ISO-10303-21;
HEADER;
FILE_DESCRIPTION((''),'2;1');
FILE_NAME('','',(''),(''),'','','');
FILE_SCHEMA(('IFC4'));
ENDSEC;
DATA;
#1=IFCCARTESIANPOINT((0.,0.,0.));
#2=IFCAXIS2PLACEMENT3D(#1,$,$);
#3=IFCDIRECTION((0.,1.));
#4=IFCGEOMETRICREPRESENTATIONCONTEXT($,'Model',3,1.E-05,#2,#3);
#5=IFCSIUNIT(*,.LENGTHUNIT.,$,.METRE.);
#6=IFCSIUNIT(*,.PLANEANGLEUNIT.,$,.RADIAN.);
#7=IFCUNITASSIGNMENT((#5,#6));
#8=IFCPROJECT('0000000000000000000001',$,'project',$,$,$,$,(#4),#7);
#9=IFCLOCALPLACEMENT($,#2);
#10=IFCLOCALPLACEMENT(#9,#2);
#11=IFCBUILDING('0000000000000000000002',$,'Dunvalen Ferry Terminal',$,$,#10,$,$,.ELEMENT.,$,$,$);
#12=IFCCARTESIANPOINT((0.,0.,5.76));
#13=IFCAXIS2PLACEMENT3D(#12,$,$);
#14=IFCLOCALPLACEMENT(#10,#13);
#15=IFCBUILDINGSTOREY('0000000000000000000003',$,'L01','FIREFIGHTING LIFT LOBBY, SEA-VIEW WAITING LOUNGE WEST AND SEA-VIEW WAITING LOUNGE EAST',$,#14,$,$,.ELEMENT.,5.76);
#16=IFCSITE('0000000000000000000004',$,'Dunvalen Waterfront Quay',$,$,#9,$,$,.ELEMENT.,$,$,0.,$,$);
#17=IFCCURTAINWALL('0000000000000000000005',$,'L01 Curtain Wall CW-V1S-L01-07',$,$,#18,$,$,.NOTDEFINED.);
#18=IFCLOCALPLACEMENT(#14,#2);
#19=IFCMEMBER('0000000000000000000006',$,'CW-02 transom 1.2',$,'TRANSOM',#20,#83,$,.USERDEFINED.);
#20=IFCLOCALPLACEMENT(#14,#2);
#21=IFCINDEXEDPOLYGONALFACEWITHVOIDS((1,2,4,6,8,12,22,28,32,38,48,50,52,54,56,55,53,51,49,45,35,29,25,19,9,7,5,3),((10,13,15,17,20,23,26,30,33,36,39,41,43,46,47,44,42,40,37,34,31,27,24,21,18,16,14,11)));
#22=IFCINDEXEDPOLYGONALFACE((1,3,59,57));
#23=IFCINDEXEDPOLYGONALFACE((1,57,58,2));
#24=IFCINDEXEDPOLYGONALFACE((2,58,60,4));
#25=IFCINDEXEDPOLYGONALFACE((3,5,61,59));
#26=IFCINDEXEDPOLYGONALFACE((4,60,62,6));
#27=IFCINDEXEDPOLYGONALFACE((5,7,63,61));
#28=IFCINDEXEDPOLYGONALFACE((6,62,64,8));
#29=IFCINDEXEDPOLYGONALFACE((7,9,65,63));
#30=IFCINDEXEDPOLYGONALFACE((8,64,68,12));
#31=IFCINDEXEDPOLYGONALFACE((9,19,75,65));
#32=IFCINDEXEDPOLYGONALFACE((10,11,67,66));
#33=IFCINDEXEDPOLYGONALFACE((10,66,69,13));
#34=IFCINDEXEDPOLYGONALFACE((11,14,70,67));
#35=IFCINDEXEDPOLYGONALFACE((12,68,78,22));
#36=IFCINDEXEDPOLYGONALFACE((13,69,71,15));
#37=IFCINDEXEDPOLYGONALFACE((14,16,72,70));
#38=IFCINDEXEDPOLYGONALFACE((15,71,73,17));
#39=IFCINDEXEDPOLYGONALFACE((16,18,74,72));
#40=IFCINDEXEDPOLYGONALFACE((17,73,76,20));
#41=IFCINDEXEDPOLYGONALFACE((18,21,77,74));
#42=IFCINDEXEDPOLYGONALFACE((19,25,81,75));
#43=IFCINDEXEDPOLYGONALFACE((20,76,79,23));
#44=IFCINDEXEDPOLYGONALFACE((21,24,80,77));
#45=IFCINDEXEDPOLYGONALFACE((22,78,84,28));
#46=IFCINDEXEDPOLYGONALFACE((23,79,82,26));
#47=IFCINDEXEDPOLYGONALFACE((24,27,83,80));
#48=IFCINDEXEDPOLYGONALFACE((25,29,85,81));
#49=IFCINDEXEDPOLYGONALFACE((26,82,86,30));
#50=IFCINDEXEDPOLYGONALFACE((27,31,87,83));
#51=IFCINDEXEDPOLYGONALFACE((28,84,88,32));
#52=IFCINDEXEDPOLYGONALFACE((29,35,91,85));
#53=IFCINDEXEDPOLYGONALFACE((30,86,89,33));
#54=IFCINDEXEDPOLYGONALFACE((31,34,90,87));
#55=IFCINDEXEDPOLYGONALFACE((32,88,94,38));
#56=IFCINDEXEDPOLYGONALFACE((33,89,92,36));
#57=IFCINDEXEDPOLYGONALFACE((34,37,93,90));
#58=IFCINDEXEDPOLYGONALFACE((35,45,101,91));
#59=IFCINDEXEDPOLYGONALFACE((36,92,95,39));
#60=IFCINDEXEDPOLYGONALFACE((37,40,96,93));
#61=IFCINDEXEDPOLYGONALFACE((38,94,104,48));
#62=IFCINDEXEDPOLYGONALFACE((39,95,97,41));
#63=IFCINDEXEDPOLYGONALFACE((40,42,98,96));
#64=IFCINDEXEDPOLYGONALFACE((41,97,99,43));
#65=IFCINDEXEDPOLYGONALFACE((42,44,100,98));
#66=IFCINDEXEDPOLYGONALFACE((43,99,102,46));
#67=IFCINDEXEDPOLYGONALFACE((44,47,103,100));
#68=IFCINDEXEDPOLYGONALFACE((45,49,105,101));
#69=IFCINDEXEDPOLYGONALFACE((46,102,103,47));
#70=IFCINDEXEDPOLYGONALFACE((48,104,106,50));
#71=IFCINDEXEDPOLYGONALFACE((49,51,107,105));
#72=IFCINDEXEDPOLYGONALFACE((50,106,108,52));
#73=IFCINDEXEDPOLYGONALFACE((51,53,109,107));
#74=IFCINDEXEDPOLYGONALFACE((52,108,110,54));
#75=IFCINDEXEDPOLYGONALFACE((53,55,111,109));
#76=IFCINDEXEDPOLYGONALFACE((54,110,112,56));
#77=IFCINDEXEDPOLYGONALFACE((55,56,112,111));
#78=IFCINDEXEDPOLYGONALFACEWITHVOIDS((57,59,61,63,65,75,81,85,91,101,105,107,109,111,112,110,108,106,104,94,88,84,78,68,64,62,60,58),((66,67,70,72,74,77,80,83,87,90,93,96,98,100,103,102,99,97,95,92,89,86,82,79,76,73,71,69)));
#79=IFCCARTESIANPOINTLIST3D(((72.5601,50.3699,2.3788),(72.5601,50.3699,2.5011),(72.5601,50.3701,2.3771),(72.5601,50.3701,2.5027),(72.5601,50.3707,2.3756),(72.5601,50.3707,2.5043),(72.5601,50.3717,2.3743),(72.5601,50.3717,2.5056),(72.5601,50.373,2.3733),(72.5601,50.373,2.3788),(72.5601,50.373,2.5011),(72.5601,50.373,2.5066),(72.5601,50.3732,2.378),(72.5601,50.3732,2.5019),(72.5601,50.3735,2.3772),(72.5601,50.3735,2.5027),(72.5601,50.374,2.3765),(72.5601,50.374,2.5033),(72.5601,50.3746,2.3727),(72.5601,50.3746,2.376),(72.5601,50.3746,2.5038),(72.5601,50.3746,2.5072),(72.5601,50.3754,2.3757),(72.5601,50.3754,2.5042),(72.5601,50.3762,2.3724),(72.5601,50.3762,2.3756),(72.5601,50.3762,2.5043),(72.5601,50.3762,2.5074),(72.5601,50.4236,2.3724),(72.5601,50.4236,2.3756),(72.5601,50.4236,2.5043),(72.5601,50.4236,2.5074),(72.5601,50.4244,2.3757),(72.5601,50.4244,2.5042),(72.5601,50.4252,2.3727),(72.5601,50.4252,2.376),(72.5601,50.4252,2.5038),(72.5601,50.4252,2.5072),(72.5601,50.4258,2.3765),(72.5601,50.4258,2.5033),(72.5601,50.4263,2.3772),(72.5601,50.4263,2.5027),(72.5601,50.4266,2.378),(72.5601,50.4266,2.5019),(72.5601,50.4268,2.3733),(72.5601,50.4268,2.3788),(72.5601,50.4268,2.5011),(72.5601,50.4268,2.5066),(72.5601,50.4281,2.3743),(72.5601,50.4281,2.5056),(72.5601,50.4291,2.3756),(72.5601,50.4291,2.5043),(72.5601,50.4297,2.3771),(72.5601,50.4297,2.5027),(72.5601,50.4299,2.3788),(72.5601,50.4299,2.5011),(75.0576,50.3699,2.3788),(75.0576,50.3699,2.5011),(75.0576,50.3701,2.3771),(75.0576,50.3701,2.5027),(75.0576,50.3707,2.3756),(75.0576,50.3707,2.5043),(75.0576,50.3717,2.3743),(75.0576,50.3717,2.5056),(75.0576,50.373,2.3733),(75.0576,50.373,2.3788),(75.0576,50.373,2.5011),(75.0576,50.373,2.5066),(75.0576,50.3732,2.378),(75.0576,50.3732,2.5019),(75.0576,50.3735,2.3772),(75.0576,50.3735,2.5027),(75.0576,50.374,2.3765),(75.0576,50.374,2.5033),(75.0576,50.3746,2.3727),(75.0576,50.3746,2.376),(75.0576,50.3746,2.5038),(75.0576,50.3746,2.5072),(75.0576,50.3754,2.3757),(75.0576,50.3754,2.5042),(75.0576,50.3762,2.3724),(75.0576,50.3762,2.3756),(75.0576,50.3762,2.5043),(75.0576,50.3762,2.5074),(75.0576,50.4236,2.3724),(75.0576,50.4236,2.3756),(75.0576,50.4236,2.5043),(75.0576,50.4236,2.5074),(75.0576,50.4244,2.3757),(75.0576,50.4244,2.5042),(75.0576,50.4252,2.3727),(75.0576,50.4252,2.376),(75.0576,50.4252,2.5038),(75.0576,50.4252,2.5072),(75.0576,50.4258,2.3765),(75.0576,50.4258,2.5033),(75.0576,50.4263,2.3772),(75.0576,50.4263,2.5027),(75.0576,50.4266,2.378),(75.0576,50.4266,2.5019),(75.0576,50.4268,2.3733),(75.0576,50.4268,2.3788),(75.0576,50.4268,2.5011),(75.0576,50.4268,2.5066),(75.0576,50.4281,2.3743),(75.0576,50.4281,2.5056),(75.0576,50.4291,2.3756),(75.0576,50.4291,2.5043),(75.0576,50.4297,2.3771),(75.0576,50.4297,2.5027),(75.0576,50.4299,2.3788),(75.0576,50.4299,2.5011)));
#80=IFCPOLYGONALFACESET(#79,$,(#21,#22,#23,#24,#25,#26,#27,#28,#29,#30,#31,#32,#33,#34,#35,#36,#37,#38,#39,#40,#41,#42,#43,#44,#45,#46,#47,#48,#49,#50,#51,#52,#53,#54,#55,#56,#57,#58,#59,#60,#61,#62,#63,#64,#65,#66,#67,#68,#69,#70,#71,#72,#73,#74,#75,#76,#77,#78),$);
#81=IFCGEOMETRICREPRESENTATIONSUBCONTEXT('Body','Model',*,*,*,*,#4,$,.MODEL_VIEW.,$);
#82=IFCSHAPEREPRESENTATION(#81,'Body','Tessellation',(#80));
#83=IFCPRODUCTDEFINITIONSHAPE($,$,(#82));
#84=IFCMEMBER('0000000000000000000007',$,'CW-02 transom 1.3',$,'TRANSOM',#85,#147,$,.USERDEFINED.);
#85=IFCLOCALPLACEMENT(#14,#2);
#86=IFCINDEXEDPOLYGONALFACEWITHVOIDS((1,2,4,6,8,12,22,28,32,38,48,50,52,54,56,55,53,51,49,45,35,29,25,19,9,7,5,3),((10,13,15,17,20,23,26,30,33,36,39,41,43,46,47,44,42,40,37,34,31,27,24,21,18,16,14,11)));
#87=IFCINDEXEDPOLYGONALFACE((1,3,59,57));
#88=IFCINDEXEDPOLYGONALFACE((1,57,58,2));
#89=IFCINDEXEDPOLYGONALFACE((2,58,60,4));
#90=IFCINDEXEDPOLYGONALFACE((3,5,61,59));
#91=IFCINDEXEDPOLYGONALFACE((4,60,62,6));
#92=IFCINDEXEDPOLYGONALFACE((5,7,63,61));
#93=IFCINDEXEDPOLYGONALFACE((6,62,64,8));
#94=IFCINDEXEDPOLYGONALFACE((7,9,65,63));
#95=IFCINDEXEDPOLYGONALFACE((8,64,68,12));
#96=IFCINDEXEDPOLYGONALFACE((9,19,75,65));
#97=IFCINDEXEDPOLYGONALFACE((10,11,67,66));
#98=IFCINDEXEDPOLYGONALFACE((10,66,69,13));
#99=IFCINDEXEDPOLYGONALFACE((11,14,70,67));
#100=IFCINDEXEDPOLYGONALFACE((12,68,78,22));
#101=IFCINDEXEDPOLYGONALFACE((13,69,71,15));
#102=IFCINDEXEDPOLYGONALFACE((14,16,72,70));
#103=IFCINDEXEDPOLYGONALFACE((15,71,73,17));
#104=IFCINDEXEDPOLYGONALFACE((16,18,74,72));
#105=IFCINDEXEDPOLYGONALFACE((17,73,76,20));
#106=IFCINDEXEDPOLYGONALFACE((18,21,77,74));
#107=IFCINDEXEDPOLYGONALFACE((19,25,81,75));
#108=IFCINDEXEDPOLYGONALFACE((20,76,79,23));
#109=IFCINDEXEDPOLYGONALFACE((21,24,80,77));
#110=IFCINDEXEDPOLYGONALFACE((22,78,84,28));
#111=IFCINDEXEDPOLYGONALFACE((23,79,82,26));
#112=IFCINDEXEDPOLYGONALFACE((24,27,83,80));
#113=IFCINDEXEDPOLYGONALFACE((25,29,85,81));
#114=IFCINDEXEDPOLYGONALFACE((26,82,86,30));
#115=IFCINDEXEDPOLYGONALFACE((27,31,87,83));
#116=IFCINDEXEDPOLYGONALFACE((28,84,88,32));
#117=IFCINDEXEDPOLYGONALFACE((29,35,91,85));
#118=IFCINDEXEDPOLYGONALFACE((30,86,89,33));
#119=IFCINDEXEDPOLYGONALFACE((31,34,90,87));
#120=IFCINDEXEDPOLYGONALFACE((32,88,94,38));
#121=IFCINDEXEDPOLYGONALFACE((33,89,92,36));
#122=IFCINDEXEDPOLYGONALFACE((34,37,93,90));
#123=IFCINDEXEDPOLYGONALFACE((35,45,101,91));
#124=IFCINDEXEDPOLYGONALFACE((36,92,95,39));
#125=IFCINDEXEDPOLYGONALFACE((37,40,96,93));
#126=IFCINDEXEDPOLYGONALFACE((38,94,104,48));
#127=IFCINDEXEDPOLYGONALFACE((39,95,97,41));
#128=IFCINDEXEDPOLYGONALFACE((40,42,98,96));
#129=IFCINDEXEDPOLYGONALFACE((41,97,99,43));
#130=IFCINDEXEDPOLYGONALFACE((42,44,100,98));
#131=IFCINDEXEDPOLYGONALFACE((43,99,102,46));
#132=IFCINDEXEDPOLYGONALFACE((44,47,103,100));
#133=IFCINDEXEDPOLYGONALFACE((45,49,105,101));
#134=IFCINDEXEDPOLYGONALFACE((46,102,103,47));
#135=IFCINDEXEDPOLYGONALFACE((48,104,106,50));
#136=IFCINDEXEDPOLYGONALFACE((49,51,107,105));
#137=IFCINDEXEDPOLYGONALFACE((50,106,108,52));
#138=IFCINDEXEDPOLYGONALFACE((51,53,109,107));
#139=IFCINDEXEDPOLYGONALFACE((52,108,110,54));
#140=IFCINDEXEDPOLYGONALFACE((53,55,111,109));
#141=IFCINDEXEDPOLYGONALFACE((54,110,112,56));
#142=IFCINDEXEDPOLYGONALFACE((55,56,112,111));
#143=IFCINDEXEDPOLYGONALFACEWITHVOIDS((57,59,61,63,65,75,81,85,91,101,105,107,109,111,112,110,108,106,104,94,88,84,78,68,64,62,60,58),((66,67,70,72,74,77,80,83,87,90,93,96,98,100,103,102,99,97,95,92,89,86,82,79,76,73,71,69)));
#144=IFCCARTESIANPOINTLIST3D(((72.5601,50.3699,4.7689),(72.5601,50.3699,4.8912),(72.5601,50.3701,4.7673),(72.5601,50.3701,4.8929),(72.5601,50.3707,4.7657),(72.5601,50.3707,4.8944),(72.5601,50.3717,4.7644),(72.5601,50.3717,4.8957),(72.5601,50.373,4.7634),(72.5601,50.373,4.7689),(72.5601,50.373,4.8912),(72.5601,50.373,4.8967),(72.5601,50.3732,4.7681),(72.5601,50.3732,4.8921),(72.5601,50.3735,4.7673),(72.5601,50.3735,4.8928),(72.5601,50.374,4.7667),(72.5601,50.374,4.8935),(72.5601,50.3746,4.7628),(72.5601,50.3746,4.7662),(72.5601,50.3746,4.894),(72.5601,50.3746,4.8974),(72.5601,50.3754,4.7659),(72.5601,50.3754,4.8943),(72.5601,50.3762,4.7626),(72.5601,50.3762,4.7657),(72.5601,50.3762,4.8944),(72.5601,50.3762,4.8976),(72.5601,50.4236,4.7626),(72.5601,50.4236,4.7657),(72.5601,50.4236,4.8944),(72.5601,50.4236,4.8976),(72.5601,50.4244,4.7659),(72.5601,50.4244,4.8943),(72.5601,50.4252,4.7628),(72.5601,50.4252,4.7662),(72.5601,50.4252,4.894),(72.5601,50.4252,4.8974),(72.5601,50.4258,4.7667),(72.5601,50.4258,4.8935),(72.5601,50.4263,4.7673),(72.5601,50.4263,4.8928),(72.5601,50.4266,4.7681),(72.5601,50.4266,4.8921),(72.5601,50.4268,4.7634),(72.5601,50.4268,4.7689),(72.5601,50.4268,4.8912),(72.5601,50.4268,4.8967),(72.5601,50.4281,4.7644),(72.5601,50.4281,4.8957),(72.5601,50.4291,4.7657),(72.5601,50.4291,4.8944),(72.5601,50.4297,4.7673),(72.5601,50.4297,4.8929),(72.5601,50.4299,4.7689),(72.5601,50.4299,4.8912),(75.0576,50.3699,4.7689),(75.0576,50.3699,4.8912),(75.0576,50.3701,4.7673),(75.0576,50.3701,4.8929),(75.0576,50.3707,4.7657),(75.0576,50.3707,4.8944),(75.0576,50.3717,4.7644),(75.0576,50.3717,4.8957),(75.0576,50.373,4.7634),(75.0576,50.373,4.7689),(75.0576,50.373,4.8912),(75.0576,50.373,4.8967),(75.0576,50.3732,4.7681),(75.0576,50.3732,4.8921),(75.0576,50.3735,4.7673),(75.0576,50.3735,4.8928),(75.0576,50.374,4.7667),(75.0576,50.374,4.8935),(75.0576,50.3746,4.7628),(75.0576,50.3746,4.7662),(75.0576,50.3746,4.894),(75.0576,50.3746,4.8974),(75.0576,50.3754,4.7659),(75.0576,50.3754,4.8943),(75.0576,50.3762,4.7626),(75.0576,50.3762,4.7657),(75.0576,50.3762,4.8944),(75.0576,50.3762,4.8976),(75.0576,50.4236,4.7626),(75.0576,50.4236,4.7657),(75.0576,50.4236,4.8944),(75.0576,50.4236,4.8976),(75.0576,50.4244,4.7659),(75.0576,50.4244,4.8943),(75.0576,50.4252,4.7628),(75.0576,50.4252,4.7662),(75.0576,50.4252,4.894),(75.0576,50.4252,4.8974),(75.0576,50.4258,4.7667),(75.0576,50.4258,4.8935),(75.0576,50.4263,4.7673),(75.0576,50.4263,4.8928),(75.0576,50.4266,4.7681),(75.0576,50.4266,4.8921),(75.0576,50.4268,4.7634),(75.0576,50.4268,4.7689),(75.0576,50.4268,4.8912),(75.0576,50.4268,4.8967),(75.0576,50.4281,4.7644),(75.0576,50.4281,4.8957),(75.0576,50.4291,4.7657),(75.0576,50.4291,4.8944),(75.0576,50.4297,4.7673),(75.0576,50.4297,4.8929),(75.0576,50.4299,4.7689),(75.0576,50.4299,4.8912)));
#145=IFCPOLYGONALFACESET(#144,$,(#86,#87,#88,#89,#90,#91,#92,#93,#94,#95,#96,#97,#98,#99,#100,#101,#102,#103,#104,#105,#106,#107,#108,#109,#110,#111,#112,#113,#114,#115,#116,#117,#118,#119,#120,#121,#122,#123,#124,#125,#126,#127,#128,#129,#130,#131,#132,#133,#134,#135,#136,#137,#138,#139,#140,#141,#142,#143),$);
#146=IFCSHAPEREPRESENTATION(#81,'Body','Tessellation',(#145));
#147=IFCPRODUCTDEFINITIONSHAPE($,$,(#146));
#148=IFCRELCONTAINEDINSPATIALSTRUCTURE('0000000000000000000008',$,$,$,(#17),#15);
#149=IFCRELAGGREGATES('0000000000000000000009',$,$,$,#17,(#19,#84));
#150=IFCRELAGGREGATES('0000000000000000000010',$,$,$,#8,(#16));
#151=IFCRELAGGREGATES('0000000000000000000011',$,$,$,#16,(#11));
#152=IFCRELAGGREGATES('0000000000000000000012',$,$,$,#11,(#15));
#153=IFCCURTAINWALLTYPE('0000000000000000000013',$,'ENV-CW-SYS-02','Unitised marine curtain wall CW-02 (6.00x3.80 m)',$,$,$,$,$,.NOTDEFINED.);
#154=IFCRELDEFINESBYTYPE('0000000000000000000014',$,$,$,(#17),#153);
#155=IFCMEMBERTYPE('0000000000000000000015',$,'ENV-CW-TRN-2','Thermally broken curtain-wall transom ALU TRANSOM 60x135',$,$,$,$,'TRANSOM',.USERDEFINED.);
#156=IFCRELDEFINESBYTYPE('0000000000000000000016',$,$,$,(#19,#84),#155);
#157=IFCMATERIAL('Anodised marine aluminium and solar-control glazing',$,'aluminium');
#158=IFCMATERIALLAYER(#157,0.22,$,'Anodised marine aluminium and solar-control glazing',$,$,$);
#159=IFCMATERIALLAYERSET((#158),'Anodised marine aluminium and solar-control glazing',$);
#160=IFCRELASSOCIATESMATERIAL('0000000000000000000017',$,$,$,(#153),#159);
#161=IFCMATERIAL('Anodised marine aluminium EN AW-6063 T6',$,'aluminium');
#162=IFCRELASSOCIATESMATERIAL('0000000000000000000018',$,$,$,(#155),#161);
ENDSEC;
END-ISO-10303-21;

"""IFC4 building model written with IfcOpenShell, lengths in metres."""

from ifc_helpers import new_model, si_unit, direction, frame, origin, origin_2d, place, context, subcontext, project, spatial, hollow_rectangle, extrude, material, layer, layer_set, material_profile, profile_set, type_object, element, aggregate, save


model = new_model("IFC4")

# Units and contexts
model_context = context("Model", 3, precision=1e-05, world=origin(), true_north=direction((0.0, 1.0)))
body_context = subcontext(model_context, "Body", "Model", "MODEL_VIEW")
ifc_project = project(units=[si_unit("LENGTHUNIT", "METRE"), si_unit("PLANEANGLEUNIT", "RADIAN")], contexts=[model_context])

# Site, building, storey
site_placement = place(None, origin())
site = spatial("IfcSite", under=ifc_project, at=site_placement, Name="Dunvalen Waterfront Quay", CompositionType="ELEMENT", RefElevation=0.0)
building_placement = place(site_placement, origin())
building = spatial("IfcBuilding", under=site, at=building_placement, Name="Dunvalen Ferry Terminal", CompositionType="ELEMENT")
storey_placement = place(building_placement, frame((0.0, 0.0, 5.76)))
storey = spatial("IfcBuildingStorey", under=building, at=storey_placement, Name="L01", Description="FIREFIGHTING LIFT LOBBY, SEA-VIEW WAITING LOUNGE WEST AND SEA-VIEW WAITING LOUNGE EAST", CompositionType="ELEMENT", Elevation=5.76)

# Curtain wall, members
ifc_material_1 = material(Name="Anodised marine aluminium and solar-control glazing", Category="aluminium")
ifc_layer_1 = layer(ifc_material_1, 0.22, Name="Anodised marine aluminium and solar-control glazing")
ifc_layer_set_1 = layer_set([ifc_layer_1], Name="Anodised marine aluminium and solar-control glazing")
curtain_wall_type = type_object("IfcCurtainWallType", Name="ENV-CW-SYS-02", Description="Unitised marine curtain wall CW-02 (6.00x3.80 m)", PredefinedType="NOTDEFINED", material=ifc_layer_set_1)
curtain_wall_placement = place(storey_placement, origin())
curtain_wall = element("IfcCurtainWall", 1, at=curtain_wall_placement, inside=storey, type_object=curtain_wall_type, Name="L01 Curtain Wall CW-V1S-L01-07", PredefinedType="NOTDEFINED")
ifc_material_2 = material(Name="Anodised marine aluminium EN AW-6063 T6", Category="aluminium")
ifc_material_profile_1 = material_profile(ifc_material_2, hollow_rectangle(XDim=0.0601, YDim=0.135, WallThickness=0.0032, InnerFilletRadius=0.0032, OuterFilletRadius=0.0063, at=origin_2d()), Name="Anodised marine aluminium EN AW-6063 T6")
ifc_profile_set_1 = profile_set([ifc_material_profile_1], Name="Anodised marine aluminium EN AW-6063 T6")
member_type_1 = type_object("IfcMemberType", Name="ENV-CW-TRN-2", Description="Thermally broken curtain-wall transom ALU TRANSOM 60x135", ElementType="TRANSOM", PredefinedType="USERDEFINED", material=ifc_profile_set_1)
member_1_placement = place(storey_placement, frame((72.5601, 50.3999, 2.4399), z_axis=(1.0, 0.0, 0.0), x_axis=(0.0, 1.0, 0.0)))
member_1 = element("IfcMember", 2, at=member_1_placement, type_object=member_type_1, Name="CW-02 transom 1.2", ObjectType="TRANSOM", PredefinedType="USERDEFINED", context=body_context, shape_type="SweptSolid", body=[
    extrude(hollow_rectangle(XDim=0.0601, YDim=0.135, WallThickness=0.0032, InnerFilletRadius=0.0032, OuterFilletRadius=0.0063, at=origin_2d()), origin(), (0.0, 0.0, 1.0), 2.4976),
])
member_2_placement = place(storey_placement, frame((72.5601, 50.3999, 4.8301), z_axis=(1.0, 0.0, 0.0), x_axis=(0.0, 1.0, 0.0)))
member_2 = element("IfcMember", 3, at=member_2_placement, type_object=member_type_1, Name="CW-02 transom 1.3", ObjectType="TRANSOM", PredefinedType="USERDEFINED", context=body_context, shape_type="SweptSolid", body=[
    extrude(hollow_rectangle(XDim=0.0601, YDim=0.135, WallThickness=0.0032, InnerFilletRadius=0.0032, OuterFilletRadius=0.0063, at=origin_2d()), origin(), (0.0, 0.0, 1.0), 2.4976),
])

aggregate(curtain_wall, [member_1, member_2])

save(model, "model.ifc")
